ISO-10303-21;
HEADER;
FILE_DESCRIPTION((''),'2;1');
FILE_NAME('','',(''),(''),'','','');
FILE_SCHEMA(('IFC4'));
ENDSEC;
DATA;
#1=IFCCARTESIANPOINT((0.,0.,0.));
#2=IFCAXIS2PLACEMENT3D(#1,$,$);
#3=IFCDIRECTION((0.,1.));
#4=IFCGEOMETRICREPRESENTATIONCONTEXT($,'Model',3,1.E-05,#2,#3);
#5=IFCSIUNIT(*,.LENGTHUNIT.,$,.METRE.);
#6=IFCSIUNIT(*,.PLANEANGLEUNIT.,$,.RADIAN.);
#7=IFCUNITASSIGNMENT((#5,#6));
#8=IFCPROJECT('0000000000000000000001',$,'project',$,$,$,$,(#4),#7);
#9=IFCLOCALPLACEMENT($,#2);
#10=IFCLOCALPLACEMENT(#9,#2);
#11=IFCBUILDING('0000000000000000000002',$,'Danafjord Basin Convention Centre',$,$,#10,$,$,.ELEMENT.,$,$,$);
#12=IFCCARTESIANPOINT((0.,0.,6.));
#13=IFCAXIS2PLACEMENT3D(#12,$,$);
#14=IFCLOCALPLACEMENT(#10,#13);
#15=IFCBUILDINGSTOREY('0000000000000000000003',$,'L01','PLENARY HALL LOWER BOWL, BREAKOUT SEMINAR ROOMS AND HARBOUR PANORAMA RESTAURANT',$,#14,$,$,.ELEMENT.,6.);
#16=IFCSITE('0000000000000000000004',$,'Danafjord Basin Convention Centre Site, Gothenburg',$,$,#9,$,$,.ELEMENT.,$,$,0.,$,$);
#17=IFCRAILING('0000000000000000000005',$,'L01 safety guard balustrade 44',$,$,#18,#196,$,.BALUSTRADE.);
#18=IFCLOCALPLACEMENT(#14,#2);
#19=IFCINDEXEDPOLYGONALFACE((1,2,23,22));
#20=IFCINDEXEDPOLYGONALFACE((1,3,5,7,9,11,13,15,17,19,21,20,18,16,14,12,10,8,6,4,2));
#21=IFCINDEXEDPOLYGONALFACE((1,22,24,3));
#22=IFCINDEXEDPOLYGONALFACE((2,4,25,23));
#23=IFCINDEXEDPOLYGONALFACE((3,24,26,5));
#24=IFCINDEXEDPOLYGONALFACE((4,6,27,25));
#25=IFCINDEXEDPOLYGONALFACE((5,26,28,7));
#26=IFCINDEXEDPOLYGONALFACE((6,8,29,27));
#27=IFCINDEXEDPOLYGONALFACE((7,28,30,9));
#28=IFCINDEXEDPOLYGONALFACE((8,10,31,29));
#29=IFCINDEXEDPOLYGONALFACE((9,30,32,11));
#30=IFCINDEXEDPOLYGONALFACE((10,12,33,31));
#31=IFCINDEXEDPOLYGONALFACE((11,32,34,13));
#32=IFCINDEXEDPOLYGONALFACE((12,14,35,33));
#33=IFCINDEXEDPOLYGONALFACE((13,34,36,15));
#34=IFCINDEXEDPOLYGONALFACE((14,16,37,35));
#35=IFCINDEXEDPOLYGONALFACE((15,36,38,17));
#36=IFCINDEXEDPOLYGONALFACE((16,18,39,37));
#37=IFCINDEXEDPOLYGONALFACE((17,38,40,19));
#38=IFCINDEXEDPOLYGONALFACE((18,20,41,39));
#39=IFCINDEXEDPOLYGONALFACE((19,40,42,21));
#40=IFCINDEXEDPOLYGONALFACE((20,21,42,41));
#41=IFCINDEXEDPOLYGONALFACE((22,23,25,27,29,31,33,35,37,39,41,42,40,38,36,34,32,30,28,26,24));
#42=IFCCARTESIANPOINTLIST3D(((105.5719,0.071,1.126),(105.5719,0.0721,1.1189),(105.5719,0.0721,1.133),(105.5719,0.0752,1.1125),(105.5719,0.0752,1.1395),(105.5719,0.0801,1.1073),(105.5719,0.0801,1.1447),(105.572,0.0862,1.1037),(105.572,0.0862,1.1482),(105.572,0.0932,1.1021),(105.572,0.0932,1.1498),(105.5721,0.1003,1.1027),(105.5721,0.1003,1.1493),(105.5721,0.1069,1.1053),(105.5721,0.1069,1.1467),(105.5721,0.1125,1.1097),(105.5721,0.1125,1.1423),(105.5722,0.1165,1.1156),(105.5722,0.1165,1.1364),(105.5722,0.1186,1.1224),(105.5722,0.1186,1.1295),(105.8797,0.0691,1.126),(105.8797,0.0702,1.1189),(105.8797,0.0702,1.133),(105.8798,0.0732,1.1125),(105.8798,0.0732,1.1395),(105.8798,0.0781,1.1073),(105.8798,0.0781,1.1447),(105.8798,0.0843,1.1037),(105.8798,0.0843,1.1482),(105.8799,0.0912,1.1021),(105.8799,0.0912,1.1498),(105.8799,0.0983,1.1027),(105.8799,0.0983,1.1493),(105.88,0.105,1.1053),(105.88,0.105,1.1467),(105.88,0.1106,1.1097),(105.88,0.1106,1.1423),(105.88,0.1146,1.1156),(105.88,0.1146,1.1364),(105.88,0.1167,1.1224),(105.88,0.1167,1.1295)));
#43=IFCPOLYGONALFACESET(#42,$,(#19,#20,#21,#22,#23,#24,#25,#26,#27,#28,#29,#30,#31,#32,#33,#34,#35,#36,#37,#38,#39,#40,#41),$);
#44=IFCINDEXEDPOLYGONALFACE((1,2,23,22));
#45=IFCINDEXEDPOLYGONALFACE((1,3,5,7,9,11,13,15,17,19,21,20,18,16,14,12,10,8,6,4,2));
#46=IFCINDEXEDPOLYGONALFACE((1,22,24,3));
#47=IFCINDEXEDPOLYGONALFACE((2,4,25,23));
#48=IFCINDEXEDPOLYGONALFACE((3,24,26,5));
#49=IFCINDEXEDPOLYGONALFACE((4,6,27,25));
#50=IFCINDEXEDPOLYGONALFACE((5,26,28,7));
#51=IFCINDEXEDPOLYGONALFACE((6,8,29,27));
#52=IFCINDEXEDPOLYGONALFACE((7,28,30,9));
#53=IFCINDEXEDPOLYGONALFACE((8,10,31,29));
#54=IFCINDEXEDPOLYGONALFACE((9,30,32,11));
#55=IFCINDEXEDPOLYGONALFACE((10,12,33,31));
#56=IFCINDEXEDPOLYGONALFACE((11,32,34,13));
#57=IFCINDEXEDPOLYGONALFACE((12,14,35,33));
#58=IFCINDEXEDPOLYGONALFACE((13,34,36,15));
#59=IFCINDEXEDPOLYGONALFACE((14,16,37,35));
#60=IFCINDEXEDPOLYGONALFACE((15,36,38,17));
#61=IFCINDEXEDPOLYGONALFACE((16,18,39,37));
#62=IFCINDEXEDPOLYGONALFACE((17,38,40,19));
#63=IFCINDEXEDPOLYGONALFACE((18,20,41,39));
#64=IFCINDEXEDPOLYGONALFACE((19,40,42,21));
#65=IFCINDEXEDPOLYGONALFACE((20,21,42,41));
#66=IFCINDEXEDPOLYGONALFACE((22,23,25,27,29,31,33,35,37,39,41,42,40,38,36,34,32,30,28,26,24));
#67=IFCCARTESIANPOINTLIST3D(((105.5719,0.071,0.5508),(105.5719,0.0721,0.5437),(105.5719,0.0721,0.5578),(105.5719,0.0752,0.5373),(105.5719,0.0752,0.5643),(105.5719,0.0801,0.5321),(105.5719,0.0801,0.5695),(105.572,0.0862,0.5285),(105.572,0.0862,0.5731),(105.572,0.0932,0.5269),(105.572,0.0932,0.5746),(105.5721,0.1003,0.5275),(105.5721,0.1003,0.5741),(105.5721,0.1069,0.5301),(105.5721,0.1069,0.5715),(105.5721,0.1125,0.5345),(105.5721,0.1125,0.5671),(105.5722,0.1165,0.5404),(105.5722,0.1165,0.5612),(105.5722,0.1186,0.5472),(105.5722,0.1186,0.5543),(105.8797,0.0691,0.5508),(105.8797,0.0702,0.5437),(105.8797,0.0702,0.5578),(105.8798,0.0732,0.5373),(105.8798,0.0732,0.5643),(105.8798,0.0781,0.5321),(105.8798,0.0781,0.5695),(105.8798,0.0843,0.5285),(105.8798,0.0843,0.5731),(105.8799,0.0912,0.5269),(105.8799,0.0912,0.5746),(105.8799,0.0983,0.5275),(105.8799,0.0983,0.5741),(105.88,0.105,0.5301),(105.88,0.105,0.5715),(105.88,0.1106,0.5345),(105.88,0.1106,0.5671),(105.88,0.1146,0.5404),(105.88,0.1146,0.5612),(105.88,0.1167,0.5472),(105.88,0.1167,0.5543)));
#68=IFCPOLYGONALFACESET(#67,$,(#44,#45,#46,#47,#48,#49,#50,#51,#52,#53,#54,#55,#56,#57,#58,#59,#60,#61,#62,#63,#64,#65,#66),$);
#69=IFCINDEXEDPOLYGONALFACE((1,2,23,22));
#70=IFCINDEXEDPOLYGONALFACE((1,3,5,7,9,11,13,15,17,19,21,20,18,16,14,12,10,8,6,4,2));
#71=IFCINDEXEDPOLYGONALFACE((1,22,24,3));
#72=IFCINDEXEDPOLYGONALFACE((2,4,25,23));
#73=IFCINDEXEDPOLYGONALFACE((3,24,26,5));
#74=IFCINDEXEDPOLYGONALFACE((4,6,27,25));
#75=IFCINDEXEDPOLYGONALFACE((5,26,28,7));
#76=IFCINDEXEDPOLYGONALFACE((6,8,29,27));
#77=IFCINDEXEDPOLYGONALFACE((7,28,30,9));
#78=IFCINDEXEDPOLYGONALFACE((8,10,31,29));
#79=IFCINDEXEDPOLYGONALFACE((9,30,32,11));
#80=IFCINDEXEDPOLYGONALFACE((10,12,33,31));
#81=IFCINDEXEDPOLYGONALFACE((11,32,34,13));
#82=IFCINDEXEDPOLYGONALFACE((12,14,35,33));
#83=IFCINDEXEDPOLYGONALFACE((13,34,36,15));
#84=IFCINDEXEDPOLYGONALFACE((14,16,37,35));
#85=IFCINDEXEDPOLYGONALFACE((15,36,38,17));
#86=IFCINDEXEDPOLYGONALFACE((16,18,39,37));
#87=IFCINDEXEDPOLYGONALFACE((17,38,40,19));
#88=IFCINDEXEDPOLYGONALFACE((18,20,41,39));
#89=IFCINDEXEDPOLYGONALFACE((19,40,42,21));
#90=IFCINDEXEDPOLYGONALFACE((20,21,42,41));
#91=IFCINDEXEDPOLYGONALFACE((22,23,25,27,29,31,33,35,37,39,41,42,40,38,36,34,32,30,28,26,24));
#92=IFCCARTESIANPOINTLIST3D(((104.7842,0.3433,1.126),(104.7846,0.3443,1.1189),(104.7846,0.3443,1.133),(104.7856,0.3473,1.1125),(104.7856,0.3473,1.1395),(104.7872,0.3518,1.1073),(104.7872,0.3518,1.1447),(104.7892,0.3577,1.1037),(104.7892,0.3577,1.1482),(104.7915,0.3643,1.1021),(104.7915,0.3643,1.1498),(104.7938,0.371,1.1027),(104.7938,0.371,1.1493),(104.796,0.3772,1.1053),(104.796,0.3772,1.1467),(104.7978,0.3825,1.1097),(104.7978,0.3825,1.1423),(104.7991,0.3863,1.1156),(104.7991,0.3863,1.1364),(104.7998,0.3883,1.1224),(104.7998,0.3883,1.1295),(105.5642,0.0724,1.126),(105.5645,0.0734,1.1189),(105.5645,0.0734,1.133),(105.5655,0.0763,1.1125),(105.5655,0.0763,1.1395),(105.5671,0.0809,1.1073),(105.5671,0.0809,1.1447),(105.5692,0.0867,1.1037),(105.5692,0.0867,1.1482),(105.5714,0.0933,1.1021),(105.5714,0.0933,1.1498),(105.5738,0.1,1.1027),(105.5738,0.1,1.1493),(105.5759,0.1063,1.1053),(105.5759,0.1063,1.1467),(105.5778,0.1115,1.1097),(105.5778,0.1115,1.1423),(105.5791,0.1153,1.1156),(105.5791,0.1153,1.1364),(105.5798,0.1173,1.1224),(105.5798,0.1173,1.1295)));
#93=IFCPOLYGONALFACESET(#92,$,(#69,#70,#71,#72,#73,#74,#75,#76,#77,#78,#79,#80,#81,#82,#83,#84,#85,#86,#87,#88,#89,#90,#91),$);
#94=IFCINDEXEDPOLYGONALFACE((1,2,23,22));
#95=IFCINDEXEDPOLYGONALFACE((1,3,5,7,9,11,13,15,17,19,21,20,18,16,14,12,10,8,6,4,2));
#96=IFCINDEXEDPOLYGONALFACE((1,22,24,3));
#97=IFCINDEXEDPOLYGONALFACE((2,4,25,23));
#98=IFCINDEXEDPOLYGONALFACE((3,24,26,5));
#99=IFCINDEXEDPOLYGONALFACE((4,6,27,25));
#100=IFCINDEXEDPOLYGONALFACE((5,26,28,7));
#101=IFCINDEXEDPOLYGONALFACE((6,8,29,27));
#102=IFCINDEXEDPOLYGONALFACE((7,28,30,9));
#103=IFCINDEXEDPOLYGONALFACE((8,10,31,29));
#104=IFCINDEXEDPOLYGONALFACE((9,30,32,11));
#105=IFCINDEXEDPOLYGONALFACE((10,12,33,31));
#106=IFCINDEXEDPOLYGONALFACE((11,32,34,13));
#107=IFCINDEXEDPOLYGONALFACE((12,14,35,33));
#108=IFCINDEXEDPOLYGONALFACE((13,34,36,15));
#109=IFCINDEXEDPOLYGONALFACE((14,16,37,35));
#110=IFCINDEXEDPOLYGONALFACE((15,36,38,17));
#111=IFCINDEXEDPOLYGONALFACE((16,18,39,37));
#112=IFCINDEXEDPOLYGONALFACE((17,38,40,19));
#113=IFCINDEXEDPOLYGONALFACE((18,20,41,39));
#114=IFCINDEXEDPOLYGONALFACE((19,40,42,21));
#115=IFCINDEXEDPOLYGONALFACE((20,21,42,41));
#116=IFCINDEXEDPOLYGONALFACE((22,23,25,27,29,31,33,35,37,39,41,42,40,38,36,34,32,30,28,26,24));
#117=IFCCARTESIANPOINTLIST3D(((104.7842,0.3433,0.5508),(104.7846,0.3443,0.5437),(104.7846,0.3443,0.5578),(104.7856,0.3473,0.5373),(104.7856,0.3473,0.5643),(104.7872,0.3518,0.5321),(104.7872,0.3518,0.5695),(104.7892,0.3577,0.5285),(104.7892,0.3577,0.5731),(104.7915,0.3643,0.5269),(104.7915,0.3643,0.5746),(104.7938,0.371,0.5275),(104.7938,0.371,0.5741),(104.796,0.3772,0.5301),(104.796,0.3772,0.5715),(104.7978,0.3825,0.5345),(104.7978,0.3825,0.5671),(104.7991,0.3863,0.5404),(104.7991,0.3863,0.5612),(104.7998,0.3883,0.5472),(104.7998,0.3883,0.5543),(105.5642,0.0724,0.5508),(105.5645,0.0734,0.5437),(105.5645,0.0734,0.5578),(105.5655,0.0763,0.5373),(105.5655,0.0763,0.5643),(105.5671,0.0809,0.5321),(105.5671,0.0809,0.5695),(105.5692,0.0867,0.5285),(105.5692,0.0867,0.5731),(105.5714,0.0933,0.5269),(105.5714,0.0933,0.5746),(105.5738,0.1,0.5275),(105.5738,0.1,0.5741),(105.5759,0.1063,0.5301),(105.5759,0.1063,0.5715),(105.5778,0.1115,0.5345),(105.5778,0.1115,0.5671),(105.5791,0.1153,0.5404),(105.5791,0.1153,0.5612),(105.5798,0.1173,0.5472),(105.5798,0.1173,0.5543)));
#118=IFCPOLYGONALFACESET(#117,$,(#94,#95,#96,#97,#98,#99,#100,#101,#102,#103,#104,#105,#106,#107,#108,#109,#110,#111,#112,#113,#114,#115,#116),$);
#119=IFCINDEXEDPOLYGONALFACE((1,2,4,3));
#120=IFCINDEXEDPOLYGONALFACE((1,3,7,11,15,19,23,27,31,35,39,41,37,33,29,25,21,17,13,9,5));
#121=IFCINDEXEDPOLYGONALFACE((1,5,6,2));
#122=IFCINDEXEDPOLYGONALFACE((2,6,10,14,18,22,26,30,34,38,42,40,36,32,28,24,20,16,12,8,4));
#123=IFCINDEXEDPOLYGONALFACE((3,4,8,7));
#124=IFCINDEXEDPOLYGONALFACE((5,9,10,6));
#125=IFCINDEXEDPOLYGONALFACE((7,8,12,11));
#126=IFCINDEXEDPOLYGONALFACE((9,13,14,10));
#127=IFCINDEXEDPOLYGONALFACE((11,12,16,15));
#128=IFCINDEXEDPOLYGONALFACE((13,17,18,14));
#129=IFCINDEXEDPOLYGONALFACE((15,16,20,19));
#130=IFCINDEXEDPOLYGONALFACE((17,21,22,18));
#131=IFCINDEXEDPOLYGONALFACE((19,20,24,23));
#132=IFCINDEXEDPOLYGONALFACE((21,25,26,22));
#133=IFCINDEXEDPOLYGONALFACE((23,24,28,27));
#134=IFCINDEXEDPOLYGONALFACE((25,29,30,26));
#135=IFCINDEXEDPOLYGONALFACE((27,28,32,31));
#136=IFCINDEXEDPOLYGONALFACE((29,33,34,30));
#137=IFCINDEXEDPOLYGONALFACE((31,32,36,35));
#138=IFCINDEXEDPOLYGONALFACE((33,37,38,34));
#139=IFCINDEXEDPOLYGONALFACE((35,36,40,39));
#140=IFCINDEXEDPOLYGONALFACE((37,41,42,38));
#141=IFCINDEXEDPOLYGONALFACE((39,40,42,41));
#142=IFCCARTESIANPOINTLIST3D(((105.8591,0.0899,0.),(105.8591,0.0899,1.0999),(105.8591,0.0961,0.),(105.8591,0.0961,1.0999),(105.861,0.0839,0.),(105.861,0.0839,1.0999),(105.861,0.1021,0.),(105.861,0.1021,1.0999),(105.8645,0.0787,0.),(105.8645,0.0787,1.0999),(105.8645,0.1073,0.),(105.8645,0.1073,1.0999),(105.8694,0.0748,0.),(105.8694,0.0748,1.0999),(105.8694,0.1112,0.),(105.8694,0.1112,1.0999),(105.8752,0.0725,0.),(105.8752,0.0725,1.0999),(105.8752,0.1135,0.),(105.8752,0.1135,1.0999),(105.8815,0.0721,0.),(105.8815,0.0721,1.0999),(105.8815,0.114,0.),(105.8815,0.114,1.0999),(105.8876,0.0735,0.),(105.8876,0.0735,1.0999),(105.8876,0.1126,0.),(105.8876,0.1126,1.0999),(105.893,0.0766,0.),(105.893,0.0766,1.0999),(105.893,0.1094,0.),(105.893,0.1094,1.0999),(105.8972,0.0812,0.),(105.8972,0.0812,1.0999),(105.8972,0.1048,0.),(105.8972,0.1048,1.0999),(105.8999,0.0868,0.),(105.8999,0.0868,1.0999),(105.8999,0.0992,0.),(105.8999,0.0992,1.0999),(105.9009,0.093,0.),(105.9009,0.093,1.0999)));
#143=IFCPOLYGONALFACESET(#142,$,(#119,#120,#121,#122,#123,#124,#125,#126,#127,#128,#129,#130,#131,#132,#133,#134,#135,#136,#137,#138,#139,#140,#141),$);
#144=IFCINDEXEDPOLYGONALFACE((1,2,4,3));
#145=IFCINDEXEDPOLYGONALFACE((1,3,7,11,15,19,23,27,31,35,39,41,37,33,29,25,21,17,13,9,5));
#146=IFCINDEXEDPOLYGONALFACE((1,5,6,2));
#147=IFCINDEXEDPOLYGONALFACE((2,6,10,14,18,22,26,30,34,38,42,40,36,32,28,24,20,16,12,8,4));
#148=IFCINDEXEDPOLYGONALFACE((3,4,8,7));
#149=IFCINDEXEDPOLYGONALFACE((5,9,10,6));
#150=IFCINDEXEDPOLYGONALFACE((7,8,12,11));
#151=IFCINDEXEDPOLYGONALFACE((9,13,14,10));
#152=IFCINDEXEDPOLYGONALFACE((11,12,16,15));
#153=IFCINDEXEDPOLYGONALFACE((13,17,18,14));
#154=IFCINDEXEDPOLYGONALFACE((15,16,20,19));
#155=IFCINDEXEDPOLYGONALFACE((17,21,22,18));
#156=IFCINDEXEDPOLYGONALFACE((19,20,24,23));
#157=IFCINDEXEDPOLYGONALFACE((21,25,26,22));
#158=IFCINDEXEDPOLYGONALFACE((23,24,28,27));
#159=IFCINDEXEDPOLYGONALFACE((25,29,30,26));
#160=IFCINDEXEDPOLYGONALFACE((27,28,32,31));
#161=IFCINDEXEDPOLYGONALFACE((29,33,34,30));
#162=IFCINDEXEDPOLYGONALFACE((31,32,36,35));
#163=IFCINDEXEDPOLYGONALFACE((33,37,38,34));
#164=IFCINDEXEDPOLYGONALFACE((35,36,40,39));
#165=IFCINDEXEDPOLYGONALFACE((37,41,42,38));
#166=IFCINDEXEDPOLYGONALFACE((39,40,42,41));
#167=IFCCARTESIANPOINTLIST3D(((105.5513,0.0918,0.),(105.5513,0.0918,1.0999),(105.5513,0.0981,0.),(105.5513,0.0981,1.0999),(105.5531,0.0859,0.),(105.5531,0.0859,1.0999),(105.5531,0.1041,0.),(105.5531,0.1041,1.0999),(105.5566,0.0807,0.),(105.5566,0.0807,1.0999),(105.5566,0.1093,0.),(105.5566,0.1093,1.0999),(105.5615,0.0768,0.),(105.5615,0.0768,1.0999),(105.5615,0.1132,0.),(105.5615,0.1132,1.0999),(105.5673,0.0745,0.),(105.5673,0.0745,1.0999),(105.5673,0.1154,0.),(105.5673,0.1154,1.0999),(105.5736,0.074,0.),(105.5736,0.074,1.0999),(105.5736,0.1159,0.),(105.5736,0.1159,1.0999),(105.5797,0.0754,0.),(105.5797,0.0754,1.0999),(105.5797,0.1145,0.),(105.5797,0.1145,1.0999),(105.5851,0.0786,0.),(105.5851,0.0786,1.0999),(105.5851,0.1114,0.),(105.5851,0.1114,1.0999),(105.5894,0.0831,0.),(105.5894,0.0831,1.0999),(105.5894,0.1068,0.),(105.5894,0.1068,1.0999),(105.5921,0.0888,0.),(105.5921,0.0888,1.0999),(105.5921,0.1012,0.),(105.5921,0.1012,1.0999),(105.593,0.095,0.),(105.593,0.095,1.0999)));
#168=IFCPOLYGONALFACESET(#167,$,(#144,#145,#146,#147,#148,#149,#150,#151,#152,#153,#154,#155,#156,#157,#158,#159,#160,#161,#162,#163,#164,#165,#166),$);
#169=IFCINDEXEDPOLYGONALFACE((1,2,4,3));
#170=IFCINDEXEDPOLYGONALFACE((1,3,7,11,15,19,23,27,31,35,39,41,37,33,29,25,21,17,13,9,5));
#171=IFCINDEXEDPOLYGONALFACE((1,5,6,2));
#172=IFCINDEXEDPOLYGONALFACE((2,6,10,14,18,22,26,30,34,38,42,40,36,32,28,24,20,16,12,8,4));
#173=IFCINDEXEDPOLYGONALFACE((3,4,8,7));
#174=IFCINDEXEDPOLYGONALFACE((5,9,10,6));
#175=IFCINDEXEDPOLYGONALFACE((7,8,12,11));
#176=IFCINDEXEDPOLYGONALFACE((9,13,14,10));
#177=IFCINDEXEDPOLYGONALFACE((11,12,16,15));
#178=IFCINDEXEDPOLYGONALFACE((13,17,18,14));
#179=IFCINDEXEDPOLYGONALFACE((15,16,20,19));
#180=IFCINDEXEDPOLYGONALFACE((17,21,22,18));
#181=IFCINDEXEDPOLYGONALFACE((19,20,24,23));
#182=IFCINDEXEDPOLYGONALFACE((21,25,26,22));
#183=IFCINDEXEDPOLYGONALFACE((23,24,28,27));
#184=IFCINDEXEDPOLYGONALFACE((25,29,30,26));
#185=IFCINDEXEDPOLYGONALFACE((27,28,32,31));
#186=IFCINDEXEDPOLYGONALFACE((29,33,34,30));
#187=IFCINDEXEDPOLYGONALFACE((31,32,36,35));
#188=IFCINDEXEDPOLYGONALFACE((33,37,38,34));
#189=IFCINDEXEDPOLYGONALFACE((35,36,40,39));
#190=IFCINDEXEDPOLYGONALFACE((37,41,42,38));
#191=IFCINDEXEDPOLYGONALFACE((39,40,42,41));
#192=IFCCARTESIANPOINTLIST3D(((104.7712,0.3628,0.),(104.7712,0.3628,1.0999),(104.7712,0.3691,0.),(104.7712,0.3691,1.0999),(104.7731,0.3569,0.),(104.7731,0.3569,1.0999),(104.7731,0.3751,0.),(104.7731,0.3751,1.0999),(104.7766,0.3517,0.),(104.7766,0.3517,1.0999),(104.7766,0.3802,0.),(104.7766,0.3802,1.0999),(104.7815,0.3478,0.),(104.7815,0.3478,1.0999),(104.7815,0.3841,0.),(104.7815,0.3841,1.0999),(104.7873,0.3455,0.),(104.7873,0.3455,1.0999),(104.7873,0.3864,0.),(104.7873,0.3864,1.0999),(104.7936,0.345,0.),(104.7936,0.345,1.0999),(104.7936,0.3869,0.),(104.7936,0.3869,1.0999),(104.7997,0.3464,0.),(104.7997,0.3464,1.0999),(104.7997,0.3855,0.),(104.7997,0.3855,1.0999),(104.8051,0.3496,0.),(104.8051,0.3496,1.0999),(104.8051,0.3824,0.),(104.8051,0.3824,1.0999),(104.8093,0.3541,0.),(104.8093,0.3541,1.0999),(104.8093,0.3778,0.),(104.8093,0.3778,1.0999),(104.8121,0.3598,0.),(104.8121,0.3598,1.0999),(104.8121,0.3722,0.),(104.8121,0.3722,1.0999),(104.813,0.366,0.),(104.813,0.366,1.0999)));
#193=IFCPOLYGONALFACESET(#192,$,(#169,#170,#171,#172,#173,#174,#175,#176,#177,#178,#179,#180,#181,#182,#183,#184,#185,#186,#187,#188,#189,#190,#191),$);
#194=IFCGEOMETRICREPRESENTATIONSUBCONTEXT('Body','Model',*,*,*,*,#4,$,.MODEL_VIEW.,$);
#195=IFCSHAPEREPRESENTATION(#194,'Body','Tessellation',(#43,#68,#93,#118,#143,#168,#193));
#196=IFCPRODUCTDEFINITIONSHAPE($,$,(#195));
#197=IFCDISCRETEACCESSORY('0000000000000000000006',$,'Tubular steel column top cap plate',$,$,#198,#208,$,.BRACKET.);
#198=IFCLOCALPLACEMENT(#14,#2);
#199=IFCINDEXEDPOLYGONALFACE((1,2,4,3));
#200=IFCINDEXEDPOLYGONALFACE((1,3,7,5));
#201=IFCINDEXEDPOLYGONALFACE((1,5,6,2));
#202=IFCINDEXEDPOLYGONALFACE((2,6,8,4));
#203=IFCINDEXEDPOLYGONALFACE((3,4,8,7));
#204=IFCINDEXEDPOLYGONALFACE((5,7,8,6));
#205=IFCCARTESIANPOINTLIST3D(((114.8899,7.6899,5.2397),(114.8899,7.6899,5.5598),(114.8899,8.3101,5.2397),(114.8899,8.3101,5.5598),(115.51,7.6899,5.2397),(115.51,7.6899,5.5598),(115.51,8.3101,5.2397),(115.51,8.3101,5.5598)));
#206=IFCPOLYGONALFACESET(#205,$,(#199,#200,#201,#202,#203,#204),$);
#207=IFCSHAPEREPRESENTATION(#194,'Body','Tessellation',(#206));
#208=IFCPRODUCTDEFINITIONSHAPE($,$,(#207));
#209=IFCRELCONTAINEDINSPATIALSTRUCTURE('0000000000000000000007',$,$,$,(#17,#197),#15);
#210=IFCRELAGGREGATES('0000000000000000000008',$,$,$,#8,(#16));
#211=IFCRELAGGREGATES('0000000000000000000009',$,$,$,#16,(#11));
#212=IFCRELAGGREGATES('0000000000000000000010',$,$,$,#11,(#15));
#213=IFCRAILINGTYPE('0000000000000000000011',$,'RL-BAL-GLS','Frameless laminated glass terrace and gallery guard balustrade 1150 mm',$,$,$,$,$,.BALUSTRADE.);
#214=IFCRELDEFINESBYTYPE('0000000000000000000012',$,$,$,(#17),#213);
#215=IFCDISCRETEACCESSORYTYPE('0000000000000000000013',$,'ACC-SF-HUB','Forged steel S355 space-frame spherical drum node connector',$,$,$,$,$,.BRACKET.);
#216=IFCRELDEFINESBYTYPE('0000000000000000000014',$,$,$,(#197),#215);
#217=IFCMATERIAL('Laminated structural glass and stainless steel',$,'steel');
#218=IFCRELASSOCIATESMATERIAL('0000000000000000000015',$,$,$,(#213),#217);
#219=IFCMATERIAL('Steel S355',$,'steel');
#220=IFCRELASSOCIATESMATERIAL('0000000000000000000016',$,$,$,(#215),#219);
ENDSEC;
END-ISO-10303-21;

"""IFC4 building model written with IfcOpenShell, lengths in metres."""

from ifc_helpers import new_model, si_unit, direction, frame, origin, origin_2d, place, context, subcontext, project, spatial, rectangle, circle, extrude, material, type_object, element, save


model = new_model("IFC4")

# Units and contexts
model_context = context("Model", 3, precision=1e-05, world=origin(), true_north=direction((0.0, 1.0)))
body_context = subcontext(model_context, "Body", "Model", "MODEL_VIEW")
ifc_project = project(units=[si_unit("LENGTHUNIT", "METRE"), si_unit("PLANEANGLEUNIT", "RADIAN")], contexts=[model_context])

# Site, building, storey
site_placement = place(None, origin())
site = spatial("IfcSite", under=ifc_project, at=site_placement, Name="Danafjord Basin Convention Centre Site, Gothenburg", CompositionType="ELEMENT", RefElevation=0.0)
building_placement = place(site_placement, origin())
building = spatial("IfcBuilding", under=site, at=building_placement, Name="Danafjord Basin Convention Centre", CompositionType="ELEMENT")
storey_placement = place(building_placement, frame((0.0, 0.0, 6.0)))
storey = spatial("IfcBuildingStorey", under=building, at=storey_placement, Name="L01", Description="PLENARY HALL LOWER BOWL, BREAKOUT SEMINAR ROOMS AND HARBOUR PANORAMA RESTAURANT", CompositionType="ELEMENT", Elevation=6.0)

# Shared definitions
ifc_material_1 = material(Name="Steel S355", Category="steel")

# Railing
ifc_material_2 = material(Name="Laminated structural glass and stainless steel", Category="steel")
railing_type = type_object("IfcRailingType", Name="RL-BAL-GLS", Description="Frameless laminated glass terrace and gallery guard balustrade 1150 mm", PredefinedType="BALUSTRADE", material=ifc_material_2)
railing_1_placement = place(storey_placement, frame((105.8799, 0.093, 0.0)))
element("IfcRailing", 1, at=railing_1_placement, inside=storey, type_object=railing_type, Name="L01 safety guard balustrade 44", PredefinedType="BALUSTRADE", context=body_context, shape_type="SweptSolid", body=[
    extrude(circle(Radius=0.0239, at=origin_2d()), frame((0.0, 0.0, 1.126), z_axis=(-0.99998, 0.006344, 0.0), x_axis=(-0.006344, -0.99998, 0.0)), (0.0, 0.0, 1.0), 0.3079),
    extrude(circle(Radius=0.0239, at=origin_2d()), frame((0.0, 0.0, 0.5508), z_axis=(-0.99998, 0.006344, 0.0), x_axis=(-0.006344, -0.99998, 0.0)), (0.0, 0.0, 1.0), 0.3079),
    extrude(circle(Radius=0.0239, at=origin_2d()), frame((-0.3079, 0.002, 1.126), z_axis=(-0.944616, 0.328177, 0.0), x_axis=(-0.328177, -0.944616, 0.0)), (0.0, 0.0, 1.0), 0.8257),
    extrude(circle(Radius=0.0239, at=origin_2d()), frame((-0.3079, 0.002, 0.5508), z_axis=(-0.944616, 0.328177, 0.0), x_axis=(-0.328177, -0.944616, 0.0)), (0.0, 0.0, 1.0), 0.8257),
    extrude(circle(Radius=0.021, at=origin_2d()), origin(), (0.0, 0.0, 1.0), 1.0999),
    extrude(circle(Radius=0.021, at=origin_2d()), frame((-0.3079, 0.002, 0.0)), (0.0, 0.0, 1.0), 1.0999),
    extrude(circle(Radius=0.021, at=origin_2d()), frame((-1.0879, 0.2729, 0.0)), (0.0, 0.0, 1.0), 1.0999),
])

# Discrete accessory
discrete_accessory_type = type_object("IfcDiscreteAccessoryType", Name="ACC-SF-HUB", Description="Forged steel S355 space-frame spherical drum node connector", PredefinedType="BRACKET", material=ifc_material_1)
discrete_accessory_placement = place(storey_placement, frame((115.2, 8.0, 5.2397), z_axis=(0.0, 0.0, 1.0), x_axis=(1.0, 0.0, 0.0)))
element("IfcDiscreteAccessory", 2, at=discrete_accessory_placement, inside=storey, type_object=discrete_accessory_type, Name="Tubular steel column top cap plate", PredefinedType="BRACKET", context=body_context, shape_type="SweptSolid", body=[
    extrude(rectangle(XDim=0.6201, YDim=0.6201, at=origin_2d()), origin(), (0.0, 0.0, 1.0), 0.3201),
])

save(model, "model.ifc")
